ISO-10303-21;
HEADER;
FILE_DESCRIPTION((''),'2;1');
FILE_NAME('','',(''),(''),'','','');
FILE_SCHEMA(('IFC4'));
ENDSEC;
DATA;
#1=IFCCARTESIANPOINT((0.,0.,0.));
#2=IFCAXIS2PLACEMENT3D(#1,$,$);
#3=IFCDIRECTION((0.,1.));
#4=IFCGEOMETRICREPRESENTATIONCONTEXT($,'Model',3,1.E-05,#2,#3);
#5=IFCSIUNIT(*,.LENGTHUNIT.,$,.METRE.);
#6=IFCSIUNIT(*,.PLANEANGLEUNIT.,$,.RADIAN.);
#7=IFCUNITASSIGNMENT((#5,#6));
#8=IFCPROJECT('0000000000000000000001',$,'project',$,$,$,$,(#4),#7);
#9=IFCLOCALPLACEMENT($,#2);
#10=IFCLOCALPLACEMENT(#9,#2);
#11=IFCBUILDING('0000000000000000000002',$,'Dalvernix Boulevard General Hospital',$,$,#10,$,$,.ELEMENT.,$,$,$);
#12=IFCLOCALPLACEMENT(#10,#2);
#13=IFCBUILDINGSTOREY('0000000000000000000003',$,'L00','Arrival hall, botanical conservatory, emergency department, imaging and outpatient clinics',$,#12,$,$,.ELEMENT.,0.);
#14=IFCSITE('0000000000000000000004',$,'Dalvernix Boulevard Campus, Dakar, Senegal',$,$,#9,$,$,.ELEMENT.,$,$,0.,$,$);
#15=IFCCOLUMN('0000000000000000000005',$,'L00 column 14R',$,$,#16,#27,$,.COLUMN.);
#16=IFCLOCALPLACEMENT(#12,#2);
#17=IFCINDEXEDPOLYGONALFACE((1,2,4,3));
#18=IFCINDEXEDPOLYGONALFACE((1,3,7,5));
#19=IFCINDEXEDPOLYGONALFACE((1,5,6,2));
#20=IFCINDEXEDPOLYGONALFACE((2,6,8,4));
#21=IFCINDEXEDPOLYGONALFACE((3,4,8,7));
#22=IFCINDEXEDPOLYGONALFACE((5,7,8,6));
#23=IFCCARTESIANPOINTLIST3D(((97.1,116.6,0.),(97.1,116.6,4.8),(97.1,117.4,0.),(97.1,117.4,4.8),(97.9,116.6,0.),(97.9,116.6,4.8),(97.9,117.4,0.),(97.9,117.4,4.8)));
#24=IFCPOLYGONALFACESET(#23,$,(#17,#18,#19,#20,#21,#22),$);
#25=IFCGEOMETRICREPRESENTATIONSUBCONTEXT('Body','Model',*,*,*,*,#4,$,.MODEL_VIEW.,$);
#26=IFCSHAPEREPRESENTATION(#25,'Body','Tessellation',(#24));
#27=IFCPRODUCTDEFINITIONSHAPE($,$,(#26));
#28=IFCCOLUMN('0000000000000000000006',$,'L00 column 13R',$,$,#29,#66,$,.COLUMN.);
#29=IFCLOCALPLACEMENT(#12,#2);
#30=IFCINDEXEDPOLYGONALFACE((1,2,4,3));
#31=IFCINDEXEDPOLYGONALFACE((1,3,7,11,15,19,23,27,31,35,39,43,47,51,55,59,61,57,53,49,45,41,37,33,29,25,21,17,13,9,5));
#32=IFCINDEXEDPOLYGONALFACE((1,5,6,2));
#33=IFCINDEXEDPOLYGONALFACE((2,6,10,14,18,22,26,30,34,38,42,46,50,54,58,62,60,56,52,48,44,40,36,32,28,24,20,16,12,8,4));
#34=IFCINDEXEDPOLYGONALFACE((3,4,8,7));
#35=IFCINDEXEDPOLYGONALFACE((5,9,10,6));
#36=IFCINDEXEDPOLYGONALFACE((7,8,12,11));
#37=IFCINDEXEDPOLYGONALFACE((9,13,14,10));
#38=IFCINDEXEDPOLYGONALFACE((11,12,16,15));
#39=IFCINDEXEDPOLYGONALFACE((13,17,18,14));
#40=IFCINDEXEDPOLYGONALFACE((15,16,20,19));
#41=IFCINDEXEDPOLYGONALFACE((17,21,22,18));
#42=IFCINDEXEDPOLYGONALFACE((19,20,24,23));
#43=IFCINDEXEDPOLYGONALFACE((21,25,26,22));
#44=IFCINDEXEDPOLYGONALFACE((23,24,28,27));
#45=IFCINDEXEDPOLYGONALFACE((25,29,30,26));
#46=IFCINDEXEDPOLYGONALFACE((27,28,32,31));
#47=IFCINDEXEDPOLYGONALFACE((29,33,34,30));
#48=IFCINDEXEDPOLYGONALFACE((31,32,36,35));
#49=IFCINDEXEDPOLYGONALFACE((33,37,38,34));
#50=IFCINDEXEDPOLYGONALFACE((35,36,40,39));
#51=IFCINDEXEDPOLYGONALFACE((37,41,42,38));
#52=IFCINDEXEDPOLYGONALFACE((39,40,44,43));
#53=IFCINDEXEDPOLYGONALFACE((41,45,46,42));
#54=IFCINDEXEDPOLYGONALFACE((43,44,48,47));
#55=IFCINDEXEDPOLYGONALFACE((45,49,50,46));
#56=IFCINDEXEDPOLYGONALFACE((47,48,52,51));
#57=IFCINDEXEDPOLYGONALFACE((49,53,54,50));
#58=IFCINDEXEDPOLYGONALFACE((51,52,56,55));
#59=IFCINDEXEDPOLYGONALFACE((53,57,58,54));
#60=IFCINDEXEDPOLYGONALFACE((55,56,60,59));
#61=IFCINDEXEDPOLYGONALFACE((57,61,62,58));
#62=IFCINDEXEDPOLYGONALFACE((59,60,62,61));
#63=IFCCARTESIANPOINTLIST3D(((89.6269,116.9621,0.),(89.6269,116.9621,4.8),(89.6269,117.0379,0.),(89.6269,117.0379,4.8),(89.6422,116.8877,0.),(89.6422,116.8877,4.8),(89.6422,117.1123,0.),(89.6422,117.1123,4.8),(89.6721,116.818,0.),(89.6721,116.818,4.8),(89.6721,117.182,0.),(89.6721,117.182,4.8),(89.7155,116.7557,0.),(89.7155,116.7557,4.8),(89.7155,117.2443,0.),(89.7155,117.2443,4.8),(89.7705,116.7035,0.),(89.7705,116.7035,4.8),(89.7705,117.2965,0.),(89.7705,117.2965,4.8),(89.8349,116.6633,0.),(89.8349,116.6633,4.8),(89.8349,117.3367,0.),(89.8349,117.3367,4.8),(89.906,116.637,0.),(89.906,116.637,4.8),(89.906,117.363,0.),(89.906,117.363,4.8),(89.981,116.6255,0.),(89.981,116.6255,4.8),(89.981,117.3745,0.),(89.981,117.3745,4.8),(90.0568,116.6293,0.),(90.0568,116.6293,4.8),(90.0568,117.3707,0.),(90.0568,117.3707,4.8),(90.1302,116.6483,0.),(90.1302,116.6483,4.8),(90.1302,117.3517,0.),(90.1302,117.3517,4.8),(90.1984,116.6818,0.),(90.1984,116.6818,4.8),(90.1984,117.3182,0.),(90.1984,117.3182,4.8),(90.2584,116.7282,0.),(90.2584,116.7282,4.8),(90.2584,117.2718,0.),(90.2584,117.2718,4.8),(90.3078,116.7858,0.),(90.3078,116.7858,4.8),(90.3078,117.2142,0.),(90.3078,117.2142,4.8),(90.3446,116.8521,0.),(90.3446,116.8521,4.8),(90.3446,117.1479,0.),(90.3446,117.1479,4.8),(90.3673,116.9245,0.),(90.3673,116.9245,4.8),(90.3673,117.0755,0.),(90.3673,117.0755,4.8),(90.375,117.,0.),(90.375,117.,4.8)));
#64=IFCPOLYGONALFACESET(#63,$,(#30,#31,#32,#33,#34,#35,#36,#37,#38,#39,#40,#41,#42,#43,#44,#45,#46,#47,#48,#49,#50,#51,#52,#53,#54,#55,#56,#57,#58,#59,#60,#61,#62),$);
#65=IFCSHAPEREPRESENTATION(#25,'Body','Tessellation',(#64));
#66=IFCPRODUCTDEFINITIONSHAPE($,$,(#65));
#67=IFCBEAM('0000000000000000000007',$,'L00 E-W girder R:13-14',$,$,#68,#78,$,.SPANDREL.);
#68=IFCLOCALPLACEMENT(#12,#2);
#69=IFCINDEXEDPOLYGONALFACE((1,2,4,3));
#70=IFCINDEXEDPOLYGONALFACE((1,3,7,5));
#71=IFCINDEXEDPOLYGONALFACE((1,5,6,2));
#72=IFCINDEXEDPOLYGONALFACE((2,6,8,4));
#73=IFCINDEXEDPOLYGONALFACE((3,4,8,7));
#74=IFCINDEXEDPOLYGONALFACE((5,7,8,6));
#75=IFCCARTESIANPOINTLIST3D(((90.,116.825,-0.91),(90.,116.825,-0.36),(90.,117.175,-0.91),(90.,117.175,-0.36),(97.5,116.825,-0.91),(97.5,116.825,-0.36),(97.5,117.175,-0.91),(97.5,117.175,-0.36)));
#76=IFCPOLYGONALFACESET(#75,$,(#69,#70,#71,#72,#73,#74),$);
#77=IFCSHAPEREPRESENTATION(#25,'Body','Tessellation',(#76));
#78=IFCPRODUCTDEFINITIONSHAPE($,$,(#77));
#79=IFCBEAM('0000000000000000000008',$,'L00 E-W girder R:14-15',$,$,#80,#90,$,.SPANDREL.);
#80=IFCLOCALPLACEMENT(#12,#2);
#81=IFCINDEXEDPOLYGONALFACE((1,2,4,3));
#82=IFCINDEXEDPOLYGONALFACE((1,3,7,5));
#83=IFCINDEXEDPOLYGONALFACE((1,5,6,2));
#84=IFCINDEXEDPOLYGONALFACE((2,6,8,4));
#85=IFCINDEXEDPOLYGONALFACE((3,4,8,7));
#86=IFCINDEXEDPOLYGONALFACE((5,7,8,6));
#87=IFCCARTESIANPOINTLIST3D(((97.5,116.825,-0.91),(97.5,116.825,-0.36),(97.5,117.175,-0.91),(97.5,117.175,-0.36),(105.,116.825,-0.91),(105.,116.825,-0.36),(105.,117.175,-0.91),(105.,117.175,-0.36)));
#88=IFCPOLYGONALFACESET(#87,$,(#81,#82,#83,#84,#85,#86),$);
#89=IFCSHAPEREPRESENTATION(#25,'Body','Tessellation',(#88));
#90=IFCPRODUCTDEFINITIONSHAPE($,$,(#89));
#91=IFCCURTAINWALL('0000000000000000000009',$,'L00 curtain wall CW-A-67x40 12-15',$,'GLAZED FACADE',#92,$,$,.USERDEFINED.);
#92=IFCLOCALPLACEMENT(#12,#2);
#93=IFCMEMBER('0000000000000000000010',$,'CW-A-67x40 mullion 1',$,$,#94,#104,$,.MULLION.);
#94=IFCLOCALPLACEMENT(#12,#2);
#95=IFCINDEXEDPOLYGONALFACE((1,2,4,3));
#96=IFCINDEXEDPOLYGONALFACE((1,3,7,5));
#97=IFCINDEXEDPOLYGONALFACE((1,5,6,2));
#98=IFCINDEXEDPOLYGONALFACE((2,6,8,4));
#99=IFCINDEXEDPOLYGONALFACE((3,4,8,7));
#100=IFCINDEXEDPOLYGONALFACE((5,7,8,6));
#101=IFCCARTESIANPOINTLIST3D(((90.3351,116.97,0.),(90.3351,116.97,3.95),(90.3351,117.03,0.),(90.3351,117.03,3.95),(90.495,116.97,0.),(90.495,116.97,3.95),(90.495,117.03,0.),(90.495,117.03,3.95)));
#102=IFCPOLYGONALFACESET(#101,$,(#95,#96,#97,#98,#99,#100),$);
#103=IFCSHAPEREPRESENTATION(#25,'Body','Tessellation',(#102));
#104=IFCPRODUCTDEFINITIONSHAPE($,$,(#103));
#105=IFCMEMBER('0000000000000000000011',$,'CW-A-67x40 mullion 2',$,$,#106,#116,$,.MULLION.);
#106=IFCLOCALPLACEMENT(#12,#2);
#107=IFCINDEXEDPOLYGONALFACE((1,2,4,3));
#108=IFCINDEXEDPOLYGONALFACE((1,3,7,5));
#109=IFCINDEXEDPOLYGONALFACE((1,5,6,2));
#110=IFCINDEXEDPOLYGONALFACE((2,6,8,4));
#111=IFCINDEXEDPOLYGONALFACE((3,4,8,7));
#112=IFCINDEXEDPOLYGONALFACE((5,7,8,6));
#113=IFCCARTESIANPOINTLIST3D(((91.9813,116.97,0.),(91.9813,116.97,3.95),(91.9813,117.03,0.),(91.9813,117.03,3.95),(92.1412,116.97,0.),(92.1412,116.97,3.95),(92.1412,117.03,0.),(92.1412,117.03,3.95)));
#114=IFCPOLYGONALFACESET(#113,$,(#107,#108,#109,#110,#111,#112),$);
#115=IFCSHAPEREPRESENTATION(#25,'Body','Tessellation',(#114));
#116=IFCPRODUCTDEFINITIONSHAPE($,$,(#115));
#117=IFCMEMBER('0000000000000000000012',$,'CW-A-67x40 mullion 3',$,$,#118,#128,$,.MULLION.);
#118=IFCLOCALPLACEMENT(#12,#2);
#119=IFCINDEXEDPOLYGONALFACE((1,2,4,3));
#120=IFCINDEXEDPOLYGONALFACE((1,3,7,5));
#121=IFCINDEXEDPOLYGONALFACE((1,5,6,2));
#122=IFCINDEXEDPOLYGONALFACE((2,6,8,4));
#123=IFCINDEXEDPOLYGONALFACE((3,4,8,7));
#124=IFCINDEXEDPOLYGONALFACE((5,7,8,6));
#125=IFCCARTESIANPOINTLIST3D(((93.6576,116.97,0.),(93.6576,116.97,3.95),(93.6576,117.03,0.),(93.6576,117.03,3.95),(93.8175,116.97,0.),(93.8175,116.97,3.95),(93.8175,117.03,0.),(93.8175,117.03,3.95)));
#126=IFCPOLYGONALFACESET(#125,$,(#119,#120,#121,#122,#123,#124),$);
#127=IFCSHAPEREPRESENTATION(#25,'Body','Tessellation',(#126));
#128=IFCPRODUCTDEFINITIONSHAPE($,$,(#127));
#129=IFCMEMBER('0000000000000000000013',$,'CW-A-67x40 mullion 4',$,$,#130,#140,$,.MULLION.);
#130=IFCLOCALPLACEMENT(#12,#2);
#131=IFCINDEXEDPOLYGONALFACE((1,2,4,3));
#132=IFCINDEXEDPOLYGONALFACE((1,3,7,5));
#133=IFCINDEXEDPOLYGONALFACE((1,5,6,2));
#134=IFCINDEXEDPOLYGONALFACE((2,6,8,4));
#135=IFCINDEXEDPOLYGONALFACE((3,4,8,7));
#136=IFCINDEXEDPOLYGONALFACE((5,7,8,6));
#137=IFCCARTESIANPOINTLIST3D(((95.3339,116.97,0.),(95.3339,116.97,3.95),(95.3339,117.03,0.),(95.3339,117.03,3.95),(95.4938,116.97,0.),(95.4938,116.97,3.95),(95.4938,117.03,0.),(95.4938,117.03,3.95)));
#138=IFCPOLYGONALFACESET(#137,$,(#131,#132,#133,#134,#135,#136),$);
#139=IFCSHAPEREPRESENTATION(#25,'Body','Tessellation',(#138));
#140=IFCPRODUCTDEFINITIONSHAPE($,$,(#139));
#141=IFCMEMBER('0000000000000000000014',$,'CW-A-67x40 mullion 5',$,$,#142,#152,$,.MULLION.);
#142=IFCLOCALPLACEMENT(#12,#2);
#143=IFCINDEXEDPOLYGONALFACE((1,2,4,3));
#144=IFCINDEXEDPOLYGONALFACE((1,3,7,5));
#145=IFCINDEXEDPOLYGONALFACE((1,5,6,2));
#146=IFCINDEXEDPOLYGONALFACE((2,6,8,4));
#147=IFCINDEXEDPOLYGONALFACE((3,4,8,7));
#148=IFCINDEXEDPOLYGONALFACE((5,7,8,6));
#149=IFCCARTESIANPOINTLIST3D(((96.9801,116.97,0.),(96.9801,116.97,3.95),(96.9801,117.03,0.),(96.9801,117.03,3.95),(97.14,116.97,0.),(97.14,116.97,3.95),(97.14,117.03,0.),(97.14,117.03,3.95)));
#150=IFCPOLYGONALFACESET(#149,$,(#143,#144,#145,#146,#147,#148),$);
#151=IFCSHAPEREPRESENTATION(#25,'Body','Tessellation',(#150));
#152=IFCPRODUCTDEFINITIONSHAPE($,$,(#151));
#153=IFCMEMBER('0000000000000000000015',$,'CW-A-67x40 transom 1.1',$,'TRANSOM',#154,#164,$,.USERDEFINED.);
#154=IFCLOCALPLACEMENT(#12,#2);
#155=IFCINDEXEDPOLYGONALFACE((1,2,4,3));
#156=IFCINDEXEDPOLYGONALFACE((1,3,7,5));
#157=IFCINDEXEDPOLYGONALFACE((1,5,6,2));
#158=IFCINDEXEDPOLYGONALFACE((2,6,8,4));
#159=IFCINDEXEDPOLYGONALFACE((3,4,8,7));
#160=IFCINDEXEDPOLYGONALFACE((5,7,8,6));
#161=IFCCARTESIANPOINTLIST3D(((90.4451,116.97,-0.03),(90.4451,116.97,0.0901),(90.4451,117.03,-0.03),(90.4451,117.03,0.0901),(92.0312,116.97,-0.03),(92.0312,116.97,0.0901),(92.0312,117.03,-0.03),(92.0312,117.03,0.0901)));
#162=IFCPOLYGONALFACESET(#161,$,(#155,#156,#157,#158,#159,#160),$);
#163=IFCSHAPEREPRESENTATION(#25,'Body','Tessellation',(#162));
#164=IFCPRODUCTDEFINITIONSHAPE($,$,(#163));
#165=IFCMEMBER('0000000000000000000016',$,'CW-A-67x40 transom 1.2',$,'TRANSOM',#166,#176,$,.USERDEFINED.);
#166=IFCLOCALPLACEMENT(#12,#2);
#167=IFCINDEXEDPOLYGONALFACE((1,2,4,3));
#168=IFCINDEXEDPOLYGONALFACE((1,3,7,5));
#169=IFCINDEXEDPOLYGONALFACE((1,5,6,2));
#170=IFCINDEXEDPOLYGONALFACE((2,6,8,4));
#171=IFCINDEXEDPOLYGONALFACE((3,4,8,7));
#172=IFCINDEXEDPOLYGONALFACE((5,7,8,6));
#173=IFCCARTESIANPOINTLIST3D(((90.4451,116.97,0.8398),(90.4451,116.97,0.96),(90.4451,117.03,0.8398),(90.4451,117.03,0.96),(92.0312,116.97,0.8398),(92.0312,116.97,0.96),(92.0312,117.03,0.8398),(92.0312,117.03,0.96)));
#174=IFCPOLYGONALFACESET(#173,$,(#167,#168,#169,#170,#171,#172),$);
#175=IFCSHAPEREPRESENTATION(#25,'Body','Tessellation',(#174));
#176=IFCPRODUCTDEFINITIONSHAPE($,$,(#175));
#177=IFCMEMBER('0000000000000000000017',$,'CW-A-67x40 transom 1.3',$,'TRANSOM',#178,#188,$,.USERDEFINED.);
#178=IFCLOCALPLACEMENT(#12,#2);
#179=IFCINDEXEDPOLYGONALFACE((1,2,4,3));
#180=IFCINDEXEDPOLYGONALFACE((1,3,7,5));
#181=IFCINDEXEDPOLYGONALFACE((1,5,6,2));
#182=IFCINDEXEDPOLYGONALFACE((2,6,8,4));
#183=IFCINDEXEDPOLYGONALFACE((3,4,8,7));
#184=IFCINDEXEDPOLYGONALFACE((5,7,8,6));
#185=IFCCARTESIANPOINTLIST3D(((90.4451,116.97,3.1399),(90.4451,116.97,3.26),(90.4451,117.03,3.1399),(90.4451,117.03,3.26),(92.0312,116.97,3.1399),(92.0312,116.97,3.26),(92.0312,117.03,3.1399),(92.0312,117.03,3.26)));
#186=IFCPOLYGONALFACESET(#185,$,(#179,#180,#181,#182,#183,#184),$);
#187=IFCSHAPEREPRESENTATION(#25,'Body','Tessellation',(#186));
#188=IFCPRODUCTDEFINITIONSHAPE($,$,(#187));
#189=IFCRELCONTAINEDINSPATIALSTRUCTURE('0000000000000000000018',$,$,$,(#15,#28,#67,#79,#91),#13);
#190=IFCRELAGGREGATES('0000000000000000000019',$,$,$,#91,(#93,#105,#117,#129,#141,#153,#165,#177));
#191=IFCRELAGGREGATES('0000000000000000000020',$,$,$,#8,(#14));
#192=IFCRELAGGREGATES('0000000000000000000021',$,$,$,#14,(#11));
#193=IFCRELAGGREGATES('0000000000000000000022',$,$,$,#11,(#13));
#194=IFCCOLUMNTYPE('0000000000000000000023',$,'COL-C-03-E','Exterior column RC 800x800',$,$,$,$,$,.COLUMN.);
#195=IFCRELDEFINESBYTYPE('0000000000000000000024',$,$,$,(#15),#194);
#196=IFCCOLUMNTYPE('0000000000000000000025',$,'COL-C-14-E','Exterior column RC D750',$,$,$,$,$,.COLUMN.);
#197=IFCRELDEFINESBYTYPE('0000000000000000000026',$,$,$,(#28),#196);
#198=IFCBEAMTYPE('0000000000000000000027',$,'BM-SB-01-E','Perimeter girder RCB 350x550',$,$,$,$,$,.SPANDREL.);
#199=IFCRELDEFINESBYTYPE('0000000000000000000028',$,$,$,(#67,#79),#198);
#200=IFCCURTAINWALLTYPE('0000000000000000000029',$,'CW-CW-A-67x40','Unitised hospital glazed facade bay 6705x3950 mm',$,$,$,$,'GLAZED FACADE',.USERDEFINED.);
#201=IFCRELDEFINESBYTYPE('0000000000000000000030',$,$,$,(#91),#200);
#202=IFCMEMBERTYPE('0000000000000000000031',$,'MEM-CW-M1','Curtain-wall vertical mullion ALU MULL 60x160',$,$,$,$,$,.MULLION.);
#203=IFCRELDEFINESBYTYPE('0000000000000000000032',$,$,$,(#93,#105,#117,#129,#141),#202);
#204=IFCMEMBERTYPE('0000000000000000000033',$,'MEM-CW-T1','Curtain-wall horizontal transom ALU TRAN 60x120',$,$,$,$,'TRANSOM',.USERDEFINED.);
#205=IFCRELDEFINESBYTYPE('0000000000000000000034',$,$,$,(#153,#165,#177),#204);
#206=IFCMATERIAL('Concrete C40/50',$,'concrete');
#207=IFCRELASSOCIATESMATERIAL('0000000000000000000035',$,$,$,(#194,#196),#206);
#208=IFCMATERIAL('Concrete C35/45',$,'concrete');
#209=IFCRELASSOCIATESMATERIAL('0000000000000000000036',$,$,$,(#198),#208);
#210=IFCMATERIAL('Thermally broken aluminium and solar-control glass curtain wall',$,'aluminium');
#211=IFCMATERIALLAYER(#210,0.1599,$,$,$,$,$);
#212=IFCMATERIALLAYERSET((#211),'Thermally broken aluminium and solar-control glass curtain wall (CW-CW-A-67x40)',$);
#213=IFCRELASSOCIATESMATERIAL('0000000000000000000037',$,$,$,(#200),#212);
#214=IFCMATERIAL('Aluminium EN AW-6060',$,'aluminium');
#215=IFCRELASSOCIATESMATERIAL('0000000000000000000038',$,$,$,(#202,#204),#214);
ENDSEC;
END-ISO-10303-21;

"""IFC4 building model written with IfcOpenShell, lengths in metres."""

from ifc_helpers import new_model, si_unit, direction, frame, origin, origin_2d, place, context, subcontext, project, spatial, rectangle, circle, extrude, material, layer, layer_set, material_profile, profile_set, type_object, element, aggregate, save


model = new_model("IFC4")

# Units and contexts
model_context = context("Model", 3, precision=1e-05, world=origin(), true_north=direction((0.0, 1.0)))
body_context = subcontext(model_context, "Body", "Model", "MODEL_VIEW")
ifc_project = project(units=[si_unit("LENGTHUNIT", "METRE"), si_unit("PLANEANGLEUNIT", "RADIAN")], contexts=[model_context])

# Site, building, storey
site_placement = place(None, origin())
site = spatial("IfcSite", under=ifc_project, at=site_placement, Name="Dalvernix Boulevard Campus, Dakar, Senegal", CompositionType="ELEMENT", RefElevation=0.0)
building_placement = place(site_placement, origin())
building = spatial("IfcBuilding", under=site, at=building_placement, Name="Dalvernix Boulevard General Hospital", CompositionType="ELEMENT")
storey_placement = place(building_placement, origin())
storey = spatial("IfcBuildingStorey", under=building, at=storey_placement, Name="L00", Description="Arrival hall, botanical conservatory, emergency department, imaging and outpatient clinics", CompositionType="ELEMENT", Elevation=0.0)

# Columns
ifc_material_1 = material(Name="Concrete C40/50", Category="concrete")
ifc_material_profile_1 = material_profile(ifc_material_1, rectangle(XDim=0.8, YDim=0.8, at=origin_2d()), Name="RC 800x800")
ifc_profile_set_1 = profile_set([ifc_material_profile_1], Name="Concrete C40/50")
column_type_1 = type_object("IfcColumnType", Name="COL-C-03-E", Description="Exterior column RC 800x800", PredefinedType="COLUMN", material=ifc_profile_set_1)
column_1_placement = place(storey_placement, frame((97.5, 117.0, 0.0), z_axis=(0.0, 0.0, 1.0), x_axis=(1.0, 0.0, 0.0)))
element("IfcColumn", 1, at=column_1_placement, inside=storey, type_object=column_type_1, Name="L00 column 14R", PredefinedType="COLUMN", context=body_context, shape_type="SweptSolid", body=[
    extrude(rectangle(XDim=0.8, YDim=0.8, at=origin_2d()), origin(), (0.0, 0.0, 1.0), 4.8),
])
ifc_material_profile_2 = material_profile(ifc_material_1, circle(Radius=0.375, at=origin_2d()), Name="RC D750")
ifc_profile_set_2 = profile_set([ifc_material_profile_2], Name="Concrete C40/50")
column_type_2 = type_object("IfcColumnType", Name="COL-C-14-E", Description="Exterior column RC D750", PredefinedType="COLUMN", material=ifc_profile_set_2)
column_2_placement = place(storey_placement, frame((90.0, 117.0, 0.0), z_axis=(0.0, 0.0, 1.0), x_axis=(1.0, 0.0, 0.0)))
element("IfcColumn", 2, at=column_2_placement, inside=storey, type_object=column_type_2, Name="L00 column 13R", PredefinedType="COLUMN", context=body_context, shape_type="SweptSolid", body=[
    extrude(circle(Radius=0.375, at=origin_2d()), origin(), (0.0, 0.0, 1.0), 4.8),
])

# Beams
ifc_material_2 = material(Name="Concrete C35/45", Category="concrete")
ifc_material_profile_3 = material_profile(ifc_material_2, rectangle(XDim=0.3501, YDim=0.55, at=origin_2d()), Name="RCB 350x550")
ifc_profile_set_3 = profile_set([ifc_material_profile_3], Name="Concrete C35/45")
beam_type = type_object("IfcBeamType", Name="BM-SB-01-E", Description="Perimeter girder RCB 350x550", PredefinedType="SPANDREL", material=ifc_profile_set_3)
for number, where, z_axis, x_axis, name in (
    (3, (90.0, 117.0, -0.635), (1.0, 0.0, 0.0), (0.0, 1.0, 0.0), "L00 E-W girder R:13-14"),
    (4, (97.5, 117.0, -0.635), (1.0, 0.0, 0.0), (0.0, 1.0, 0.0), "L00 E-W girder R:14-15"),
):
    element("IfcBeam", number, at=place(storey_placement, frame(where, z_axis=z_axis, x_axis=x_axis)), inside=storey, type_object=beam_type, Name=name, PredefinedType="SPANDREL", context=body_context, shape_type="SweptSolid", body=[
        extrude(rectangle(XDim=0.3501, YDim=0.55, at=origin_2d()), origin(), (0.0, 0.0, 1.0), 7.5),
    ])

# Curtain wall, members
ifc_material_3 = material(Name="Thermally broken aluminium and solar-control glass curtain wall", Category="aluminium")
ifc_layer_1 = layer(ifc_material_3, 0.1599)
ifc_layer_set_1 = layer_set([ifc_layer_1], Name="Thermally broken aluminium and solar-control glass curtain wall (CW-CW-A-67x40)")
curtain_wall_type = type_object("IfcCurtainWallType", Name="CW-CW-A-67x40", Description="Unitised hospital glazed facade bay 6705x3950 mm", ElementType="GLAZED FACADE", PredefinedType="USERDEFINED", material=ifc_layer_set_1)
curtain_wall_placement = place(storey_placement, origin())
curtain_wall = element("IfcCurtainWall", 5, at=curtain_wall_placement, inside=storey, type_object=curtain_wall_type, Name="L00 curtain wall CW-A-67x40 12-15", ObjectType="GLAZED FACADE", PredefinedType="USERDEFINED")
ifc_material_4 = material(Name="Aluminium EN AW-6060", Category="aluminium")
ifc_material_profile_4 = material_profile(ifc_material_4, rectangle(XDim=0.0601, YDim=0.1599, at=origin_2d()), Name="ALU MULL 60x160")
ifc_profile_set_4 = profile_set([ifc_material_profile_4], Name="Aluminium EN AW-6060")
member_type_1 = type_object("IfcMemberType", Name="MEM-CW-M1", Description="Curtain-wall vertical mullion ALU MULL 60x160", PredefinedType="MULLION", material=ifc_profile_set_4)
member_1_placement = place(storey_placement, frame((90.415, 117.0, 0.0), z_axis=(0.0, 0.0, 1.0), x_axis=(0.0, 1.0, 0.0)))
member_1 = element("IfcMember", 6, at=member_1_placement, type_object=member_type_1, Name="CW-A-67x40 mullion 1", PredefinedType="MULLION", context=body_context, shape_type="SweptSolid", body=[
    extrude(rectangle(XDim=0.0601, YDim=0.1599, at=origin_2d()), origin(), (0.0, 0.0, 1.0), 3.95),
])
member_2_placement = place(storey_placement, frame((92.0613, 117.0, 0.0), z_axis=(0.0, 0.0, 1.0), x_axis=(0.0, 1.0, 0.0)))
member_2 = element("IfcMember", 7, at=member_2_placement, type_object=member_type_1, Name="CW-A-67x40 mullion 2", PredefinedType="MULLION", context=body_context, shape_type="SweptSolid", body=[
    extrude(rectangle(XDim=0.0601, YDim=0.1599, at=origin_2d()), origin(), (0.0, 0.0, 1.0), 3.95),
])
member_3_placement = place(storey_placement, frame((93.7375, 117.0, 0.0), z_axis=(0.0, 0.0, 1.0), x_axis=(0.0, 1.0, 0.0)))
member_3 = element("IfcMember", 8, at=member_3_placement, type_object=member_type_1, Name="CW-A-67x40 mullion 3", PredefinedType="MULLION", context=body_context, shape_type="SweptSolid", body=[
    extrude(rectangle(XDim=0.0601, YDim=0.1599, at=origin_2d()), origin(), (0.0, 0.0, 1.0), 3.95),
])
member_4_placement = place(storey_placement, frame((95.4138, 117.0, 0.0), z_axis=(0.0, 0.0, 1.0), x_axis=(0.0, 1.0, 0.0)))
member_4 = element("IfcMember", 9, at=member_4_placement, type_object=member_type_1, Name="CW-A-67x40 mullion 4", PredefinedType="MULLION", context=body_context, shape_type="SweptSolid", body=[
    extrude(rectangle(XDim=0.0601, YDim=0.1599, at=origin_2d()), origin(), (0.0, 0.0, 1.0), 3.95),
])
member_5_placement = place(storey_placement, frame((97.0601, 117.0, 0.0), z_axis=(0.0, 0.0, 1.0), x_axis=(0.0, 1.0, 0.0)))
member_5 = element("IfcMember", 10, at=member_5_placement, type_object=member_type_1, Name="CW-A-67x40 mullion 5", PredefinedType="MULLION", context=body_context, shape_type="SweptSolid", body=[
    extrude(rectangle(XDim=0.0601, YDim=0.1599, at=origin_2d()), origin(), (0.0, 0.0, 1.0), 3.95),
])
ifc_material_profile_5 = material_profile(ifc_material_4, rectangle(XDim=0.0601, YDim=0.1201, at=origin_2d()), Name="ALU TRAN 60x120")
ifc_profile_set_5 = profile_set([ifc_material_profile_5], Name="Aluminium EN AW-6060")
member_type_2 = type_object("IfcMemberType", Name="MEM-CW-T1", Description="Curtain-wall horizontal transom ALU TRAN 60x120", ElementType="TRANSOM", PredefinedType="USERDEFINED", material=ifc_profile_set_5)
member_6_placement = place(storey_placement, frame((90.4451, 117.0, 0.03), z_axis=(1.0, 0.0, 0.0), x_axis=(0.0, 1.0, 0.0)))
member_6 = element("IfcMember", 11, at=member_6_placement, type_object=member_type_2, Name="CW-A-67x40 transom 1.1", ObjectType="TRANSOM", PredefinedType="USERDEFINED", context=body_context, shape_type="SweptSolid", body=[
    extrude(rectangle(XDim=0.0601, YDim=0.1201, at=origin_2d()), origin(), (0.0, 0.0, 1.0), 1.5862),
])
member_7_placement = place(storey_placement, frame((90.4451, 117.0, 0.8999), z_axis=(1.0, 0.0, 0.0), x_axis=(0.0, 1.0, 0.0)))
member_7 = element("IfcMember", 12, at=member_7_placement, type_object=member_type_2, Name="CW-A-67x40 transom 1.2", ObjectType="TRANSOM", PredefinedType="USERDEFINED", context=body_context, shape_type="SweptSolid", body=[
    extrude(rectangle(XDim=0.0601, YDim=0.1201, at=origin_2d()), origin(), (0.0, 0.0, 1.0), 1.5862),
])
member_8_placement = place(storey_placement, frame((90.4451, 117.0, 3.2), z_axis=(1.0, 0.0, 0.0), x_axis=(0.0, 1.0, 0.0)))
member_8 = element("IfcMember", 13, at=member_8_placement, type_object=member_type_2, Name="CW-A-67x40 transom 1.3", ObjectType="TRANSOM", PredefinedType="USERDEFINED", context=body_context, shape_type="SweptSolid", body=[
    extrude(rectangle(XDim=0.0601, YDim=0.1201, at=origin_2d()), origin(), (0.0, 0.0, 1.0), 1.5862),
])
aggregate(curtain_wall, [member_1, member_2, member_3, member_4, member_5, member_6, member_7, member_8])

save(model, "model.ifc")
